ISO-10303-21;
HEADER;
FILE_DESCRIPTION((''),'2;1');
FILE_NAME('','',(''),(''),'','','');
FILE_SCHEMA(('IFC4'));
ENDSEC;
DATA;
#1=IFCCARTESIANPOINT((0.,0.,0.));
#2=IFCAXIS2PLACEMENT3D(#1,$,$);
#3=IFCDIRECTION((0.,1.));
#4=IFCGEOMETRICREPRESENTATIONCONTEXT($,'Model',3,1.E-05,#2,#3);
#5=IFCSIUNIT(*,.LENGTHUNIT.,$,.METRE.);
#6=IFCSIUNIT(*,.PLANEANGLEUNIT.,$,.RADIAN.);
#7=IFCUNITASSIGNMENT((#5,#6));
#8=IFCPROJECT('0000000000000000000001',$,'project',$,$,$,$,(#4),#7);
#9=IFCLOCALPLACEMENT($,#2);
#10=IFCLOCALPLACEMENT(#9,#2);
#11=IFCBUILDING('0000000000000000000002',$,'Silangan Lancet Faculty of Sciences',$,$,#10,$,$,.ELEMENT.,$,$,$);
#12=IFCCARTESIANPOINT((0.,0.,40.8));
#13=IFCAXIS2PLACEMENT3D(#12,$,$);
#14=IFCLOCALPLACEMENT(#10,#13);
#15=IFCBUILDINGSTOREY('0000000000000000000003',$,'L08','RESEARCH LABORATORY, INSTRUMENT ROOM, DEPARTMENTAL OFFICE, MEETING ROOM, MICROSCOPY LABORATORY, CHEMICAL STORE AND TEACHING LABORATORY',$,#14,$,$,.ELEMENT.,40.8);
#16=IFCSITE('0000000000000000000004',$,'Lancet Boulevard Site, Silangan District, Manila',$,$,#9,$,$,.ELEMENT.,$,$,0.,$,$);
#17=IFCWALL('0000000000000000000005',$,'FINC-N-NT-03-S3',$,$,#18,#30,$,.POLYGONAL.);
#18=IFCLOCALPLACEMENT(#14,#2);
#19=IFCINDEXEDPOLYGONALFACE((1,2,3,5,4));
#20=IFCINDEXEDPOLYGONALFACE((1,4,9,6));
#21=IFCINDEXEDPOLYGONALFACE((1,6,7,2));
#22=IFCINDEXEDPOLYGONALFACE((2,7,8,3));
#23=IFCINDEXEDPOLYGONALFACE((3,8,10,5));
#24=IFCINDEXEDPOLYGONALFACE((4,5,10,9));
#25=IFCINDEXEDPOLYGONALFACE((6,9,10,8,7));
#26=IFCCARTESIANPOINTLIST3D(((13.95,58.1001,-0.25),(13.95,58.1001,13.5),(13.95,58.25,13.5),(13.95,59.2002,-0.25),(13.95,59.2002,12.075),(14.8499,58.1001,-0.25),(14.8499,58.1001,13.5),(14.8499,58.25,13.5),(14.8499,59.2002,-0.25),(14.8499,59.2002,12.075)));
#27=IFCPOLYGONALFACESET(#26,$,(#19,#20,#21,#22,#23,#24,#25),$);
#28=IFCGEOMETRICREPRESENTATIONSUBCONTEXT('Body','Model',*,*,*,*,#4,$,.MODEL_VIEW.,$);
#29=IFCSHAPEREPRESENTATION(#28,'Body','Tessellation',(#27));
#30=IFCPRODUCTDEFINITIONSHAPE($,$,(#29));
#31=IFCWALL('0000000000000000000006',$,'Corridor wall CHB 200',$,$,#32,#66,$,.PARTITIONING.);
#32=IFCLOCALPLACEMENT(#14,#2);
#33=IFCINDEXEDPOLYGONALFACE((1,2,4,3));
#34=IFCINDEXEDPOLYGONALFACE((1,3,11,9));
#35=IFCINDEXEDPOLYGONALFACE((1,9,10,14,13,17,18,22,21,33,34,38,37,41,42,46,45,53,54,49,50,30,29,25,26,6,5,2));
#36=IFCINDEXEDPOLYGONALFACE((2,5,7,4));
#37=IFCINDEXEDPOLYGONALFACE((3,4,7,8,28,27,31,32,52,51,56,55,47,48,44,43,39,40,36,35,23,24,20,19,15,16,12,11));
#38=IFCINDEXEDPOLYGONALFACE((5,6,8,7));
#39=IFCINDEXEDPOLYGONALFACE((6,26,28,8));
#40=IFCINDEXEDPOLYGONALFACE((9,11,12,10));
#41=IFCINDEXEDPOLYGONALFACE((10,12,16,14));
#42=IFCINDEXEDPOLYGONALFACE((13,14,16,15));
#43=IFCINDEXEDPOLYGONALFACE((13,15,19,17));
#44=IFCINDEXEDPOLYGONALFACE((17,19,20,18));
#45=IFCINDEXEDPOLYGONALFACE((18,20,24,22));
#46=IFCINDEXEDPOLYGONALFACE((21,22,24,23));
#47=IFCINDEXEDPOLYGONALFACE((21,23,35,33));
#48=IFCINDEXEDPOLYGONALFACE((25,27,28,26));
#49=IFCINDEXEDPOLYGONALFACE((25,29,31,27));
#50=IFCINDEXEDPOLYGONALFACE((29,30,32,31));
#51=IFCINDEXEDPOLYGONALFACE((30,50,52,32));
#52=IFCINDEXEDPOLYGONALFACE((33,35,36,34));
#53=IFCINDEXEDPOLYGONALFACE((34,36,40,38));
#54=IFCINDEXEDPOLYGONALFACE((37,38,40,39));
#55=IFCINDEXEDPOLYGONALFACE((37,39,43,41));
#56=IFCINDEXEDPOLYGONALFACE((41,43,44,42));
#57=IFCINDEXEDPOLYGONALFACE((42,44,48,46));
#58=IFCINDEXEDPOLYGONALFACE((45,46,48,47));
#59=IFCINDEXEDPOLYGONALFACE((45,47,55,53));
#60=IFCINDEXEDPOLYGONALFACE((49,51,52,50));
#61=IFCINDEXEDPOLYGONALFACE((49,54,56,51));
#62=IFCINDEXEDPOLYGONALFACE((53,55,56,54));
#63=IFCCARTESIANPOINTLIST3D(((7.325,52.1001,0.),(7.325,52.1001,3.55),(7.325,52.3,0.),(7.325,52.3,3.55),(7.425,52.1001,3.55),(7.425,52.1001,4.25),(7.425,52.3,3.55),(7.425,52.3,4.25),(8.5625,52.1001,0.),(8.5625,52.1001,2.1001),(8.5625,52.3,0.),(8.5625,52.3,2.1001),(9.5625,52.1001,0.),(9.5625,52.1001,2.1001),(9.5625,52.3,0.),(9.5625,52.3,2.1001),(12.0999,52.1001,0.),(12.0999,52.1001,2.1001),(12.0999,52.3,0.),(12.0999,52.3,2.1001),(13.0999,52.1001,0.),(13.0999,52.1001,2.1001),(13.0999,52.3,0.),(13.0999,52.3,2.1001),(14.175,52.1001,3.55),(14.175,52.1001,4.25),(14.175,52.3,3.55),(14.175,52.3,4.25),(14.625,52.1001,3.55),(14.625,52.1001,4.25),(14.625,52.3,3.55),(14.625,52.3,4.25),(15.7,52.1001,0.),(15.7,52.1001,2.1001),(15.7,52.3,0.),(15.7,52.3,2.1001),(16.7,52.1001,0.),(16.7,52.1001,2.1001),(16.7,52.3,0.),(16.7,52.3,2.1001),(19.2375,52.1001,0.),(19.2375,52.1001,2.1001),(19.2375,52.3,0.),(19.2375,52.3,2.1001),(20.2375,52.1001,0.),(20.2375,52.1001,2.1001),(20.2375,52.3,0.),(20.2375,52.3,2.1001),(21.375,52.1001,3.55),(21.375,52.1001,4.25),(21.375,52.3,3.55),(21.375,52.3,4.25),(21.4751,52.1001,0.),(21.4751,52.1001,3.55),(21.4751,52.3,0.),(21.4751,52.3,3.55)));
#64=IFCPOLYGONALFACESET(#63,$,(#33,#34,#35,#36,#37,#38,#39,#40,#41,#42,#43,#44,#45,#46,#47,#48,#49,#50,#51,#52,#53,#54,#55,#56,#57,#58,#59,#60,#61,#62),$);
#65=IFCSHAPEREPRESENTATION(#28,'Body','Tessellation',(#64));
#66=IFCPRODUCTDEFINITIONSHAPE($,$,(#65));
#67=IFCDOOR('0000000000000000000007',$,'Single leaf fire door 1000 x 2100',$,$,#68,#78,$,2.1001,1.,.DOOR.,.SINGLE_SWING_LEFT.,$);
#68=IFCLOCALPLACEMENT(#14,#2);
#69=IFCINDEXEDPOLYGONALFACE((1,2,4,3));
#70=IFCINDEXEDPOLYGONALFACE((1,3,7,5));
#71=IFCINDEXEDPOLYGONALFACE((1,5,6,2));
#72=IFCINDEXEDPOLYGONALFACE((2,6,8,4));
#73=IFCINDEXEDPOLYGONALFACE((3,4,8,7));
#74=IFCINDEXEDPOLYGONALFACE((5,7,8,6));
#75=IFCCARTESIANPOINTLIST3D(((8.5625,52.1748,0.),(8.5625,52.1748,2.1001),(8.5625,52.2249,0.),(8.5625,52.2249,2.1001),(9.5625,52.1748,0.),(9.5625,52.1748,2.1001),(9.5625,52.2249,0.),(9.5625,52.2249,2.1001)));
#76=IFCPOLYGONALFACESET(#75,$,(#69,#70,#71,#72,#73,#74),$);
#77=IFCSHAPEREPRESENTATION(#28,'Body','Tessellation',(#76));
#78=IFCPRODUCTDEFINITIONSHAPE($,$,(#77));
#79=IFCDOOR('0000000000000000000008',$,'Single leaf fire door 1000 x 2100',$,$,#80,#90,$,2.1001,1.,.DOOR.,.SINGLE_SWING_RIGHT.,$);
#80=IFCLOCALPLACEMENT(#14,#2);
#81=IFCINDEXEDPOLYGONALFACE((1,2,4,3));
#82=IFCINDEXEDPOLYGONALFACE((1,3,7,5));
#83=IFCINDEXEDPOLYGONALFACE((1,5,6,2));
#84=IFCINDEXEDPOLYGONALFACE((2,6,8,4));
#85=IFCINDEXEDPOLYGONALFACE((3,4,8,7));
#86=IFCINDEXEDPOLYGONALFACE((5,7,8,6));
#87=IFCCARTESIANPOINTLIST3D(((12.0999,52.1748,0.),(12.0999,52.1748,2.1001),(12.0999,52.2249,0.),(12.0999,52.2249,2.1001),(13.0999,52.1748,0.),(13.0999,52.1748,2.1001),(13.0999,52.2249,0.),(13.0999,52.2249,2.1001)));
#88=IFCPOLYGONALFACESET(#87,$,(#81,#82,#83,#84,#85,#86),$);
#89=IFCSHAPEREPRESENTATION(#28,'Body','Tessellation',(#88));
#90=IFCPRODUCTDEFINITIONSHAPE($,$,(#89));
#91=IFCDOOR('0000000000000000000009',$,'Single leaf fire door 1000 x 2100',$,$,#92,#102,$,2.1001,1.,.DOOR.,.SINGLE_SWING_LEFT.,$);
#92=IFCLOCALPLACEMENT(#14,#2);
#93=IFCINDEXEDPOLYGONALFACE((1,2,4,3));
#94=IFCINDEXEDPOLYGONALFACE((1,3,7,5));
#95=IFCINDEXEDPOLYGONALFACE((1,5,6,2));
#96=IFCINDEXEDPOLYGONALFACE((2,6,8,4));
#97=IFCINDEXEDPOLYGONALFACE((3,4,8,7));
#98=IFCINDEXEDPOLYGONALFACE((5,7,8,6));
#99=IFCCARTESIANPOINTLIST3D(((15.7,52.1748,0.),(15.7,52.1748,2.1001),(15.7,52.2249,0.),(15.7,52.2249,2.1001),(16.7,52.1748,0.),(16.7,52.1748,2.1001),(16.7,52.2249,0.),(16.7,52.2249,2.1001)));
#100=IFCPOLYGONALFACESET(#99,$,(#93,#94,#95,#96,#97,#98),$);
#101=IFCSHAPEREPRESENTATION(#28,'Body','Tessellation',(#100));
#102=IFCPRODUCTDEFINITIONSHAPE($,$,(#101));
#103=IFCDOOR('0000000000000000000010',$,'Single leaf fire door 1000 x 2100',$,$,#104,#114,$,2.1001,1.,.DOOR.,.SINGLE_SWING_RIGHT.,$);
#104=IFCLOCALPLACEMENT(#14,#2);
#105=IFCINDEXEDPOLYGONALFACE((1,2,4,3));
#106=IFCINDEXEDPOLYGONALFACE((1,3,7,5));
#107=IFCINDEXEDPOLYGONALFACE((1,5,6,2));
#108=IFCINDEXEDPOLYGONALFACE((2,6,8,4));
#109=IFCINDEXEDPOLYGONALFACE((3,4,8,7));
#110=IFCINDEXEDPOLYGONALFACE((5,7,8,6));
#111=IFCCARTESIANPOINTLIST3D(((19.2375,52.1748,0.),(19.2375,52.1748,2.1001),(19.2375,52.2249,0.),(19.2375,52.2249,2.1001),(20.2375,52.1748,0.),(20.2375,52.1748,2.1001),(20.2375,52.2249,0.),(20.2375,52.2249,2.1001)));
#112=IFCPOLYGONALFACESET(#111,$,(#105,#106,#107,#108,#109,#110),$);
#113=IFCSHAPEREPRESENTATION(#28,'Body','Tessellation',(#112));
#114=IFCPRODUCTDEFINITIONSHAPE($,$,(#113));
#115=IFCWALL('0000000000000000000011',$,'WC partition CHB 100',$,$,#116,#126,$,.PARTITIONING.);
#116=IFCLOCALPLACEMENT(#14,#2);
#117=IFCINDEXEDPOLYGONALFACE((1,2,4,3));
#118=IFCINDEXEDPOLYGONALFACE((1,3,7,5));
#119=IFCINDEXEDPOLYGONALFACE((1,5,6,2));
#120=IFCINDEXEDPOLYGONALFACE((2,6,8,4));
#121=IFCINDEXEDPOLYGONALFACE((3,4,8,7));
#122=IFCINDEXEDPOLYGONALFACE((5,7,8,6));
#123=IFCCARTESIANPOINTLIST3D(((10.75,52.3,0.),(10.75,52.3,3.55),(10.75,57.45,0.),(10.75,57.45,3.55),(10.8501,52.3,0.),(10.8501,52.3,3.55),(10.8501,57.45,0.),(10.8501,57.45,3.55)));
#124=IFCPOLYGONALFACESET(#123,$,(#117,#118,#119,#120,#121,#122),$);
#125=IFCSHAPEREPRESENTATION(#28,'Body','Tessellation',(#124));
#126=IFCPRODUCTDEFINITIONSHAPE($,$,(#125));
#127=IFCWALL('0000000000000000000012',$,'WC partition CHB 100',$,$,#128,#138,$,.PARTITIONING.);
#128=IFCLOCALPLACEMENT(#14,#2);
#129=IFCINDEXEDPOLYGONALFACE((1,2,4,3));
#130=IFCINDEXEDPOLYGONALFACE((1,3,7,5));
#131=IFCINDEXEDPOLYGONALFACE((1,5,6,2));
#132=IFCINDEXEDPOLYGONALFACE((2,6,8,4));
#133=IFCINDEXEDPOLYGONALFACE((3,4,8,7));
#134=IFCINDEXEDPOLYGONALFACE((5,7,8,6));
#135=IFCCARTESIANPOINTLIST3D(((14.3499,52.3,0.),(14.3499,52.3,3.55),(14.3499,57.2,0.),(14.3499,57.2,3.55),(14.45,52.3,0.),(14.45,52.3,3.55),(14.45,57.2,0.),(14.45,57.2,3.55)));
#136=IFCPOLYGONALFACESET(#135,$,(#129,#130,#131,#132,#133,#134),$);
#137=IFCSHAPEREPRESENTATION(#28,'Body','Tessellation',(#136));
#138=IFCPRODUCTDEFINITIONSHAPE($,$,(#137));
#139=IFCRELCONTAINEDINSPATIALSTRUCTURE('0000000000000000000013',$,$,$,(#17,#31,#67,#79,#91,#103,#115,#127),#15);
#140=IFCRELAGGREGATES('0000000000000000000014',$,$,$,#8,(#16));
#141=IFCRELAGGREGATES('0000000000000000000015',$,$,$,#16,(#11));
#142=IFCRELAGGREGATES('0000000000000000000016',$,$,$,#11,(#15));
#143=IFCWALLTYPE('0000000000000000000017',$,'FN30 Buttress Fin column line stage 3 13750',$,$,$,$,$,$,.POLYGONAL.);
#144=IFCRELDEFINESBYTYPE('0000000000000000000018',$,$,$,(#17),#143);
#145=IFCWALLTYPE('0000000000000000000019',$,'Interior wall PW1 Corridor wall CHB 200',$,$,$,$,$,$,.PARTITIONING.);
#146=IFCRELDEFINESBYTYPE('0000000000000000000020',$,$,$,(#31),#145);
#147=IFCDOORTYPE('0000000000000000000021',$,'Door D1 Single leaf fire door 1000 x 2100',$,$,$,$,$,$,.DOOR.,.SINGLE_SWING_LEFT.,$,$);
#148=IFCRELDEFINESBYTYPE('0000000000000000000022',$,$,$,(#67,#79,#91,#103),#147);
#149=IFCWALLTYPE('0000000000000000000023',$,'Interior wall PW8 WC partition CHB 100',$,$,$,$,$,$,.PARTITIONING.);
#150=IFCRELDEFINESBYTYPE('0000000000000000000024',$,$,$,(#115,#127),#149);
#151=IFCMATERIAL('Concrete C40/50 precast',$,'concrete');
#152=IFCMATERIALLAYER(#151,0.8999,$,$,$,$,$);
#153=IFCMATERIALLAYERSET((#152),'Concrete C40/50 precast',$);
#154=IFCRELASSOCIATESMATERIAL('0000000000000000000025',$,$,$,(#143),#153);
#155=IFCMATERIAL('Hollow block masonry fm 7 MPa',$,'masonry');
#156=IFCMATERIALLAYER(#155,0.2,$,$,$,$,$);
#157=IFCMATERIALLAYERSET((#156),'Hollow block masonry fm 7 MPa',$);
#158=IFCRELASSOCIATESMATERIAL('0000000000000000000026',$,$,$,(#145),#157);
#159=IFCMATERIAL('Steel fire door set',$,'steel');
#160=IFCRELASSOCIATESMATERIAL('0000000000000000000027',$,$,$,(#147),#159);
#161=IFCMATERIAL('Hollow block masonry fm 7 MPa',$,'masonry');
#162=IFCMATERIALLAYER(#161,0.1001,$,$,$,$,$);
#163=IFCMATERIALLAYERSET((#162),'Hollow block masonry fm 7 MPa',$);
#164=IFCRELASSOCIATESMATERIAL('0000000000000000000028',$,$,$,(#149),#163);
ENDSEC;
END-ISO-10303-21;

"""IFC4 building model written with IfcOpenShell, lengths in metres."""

from ifc_helpers import new_model, si_unit, direction, frame, frame_2d, origin, place, context, subcontext, project, spatial, polyline, rectangle, outline, extrude, material, layer, layer_set, type_object, element, fill, save


model = new_model("IFC4")

# Units and contexts
model_context = context("Model", 3, precision=1e-05, world=origin(), true_north=direction((0.0, 1.0)))
body_context = subcontext(model_context, "Body", "Model", "MODEL_VIEW")
ifc_project = project(units=[si_unit("LENGTHUNIT", "METRE"), si_unit("PLANEANGLEUNIT", "RADIAN")], contexts=[model_context])

# Site, building, storey
site_placement = place(None, origin())
site = spatial("IfcSite", under=ifc_project, at=site_placement, Name="Lancet Boulevard Site, Silangan District, Manila", CompositionType="ELEMENT", RefElevation=0.0)
building_placement = place(site_placement, origin())
building = spatial("IfcBuilding", under=site, at=building_placement, Name="Silangan Lancet Faculty of Sciences", CompositionType="ELEMENT")
storey_placement = place(building_placement, frame((0.0, 0.0, 40.8)))
storey = spatial("IfcBuildingStorey", under=building, at=storey_placement, Name="L08", Description="RESEARCH LABORATORY, INSTRUMENT ROOM, DEPARTMENTAL OFFICE, MEETING ROOM, MICROSCOPY LABORATORY, CHEMICAL STORE AND TEACHING LABORATORY", CompositionType="ELEMENT", Elevation=40.8)

# Wall
ifc_material_1 = material(Name="Concrete C40/50 precast", Category="concrete")
ifc_layer_1 = layer(ifc_material_1, 0.8999)
ifc_layer_set_1 = layer_set([ifc_layer_1], Name="Concrete C40/50 precast")
wall_type_1 = type_object("IfcWallType", Name="FN30 Buttress Fin column line stage 3 13750", PredefinedType="POLYGONAL", material=ifc_layer_set_1)
for number, where, z_axis, x_axis, name in (
    (1, (14.3999, 58.1001, -0.25), (0.0, 0.0, 1.0), (0.0, 1.0, 0.0), "FINC-N-NT-03-S3"),
):
    element("IfcWall", number, at=place(storey_placement, frame(where, z_axis=z_axis, x_axis=x_axis)), inside=storey, type_object=wall_type_1, Name=name, PredefinedType="POLYGONAL", context=body_context, shape_type="SweptSolid", body=[
        extrude(outline(polyline([(1.1001, 0.0), (1.1001, 12.325), (0.1499, 13.75), (0.0, 13.75), (0.0, 0.0), (1.1001, 0.0)])), frame((0.0, 0.45, 0.0), z_axis=(0.0, -1.0, 0.0), x_axis=(1.0, 0.0, 0.0)), (0.0, 0.0, 1.0), 0.8999),
    ])

# Wall, openings, doors
ifc_material_2 = material(Name="Hollow block masonry fm 7 MPa", Category="masonry")
ifc_layer_2 = layer(ifc_material_2, 0.2)
ifc_layer_set_2 = layer_set([ifc_layer_2], Name="Hollow block masonry fm 7 MPa")
wall_type_2 = type_object("IfcWallType", Name="Interior wall PW1 Corridor wall CHB 200", PredefinedType="PARTITIONING", material=ifc_layer_set_2)
wall_1_placement = place(storey_placement, frame((7.325, 52.2, 0.0), z_axis=(0.0, 0.0, 1.0), x_axis=(1.0, 0.0, 0.0)))
wall_1 = element("IfcWall", 2, at=wall_1_placement, inside=storey, type_object=wall_type_2, Name="Corridor wall CHB 200", PredefinedType="PARTITIONING", context=body_context, shape_type="SweptSolid", body=[
    extrude(outline(polyline([(0.0, 0.0), (14.1501, 0.0), (14.1501, 3.55), (14.05, 3.55), (14.05, 4.25), (7.3, 4.25), (7.3, 3.55), (6.8501, 3.55), (6.8501, 4.25), (0.1001, 4.25), (0.1001, 3.55), (0.0, 3.55), (0.0, 0.0)])), frame((0.0, 0.1001, 0.0), z_axis=(0.0, -1.0, 0.0), x_axis=(1.0, 0.0, 0.0)), (0.0, 0.0, 1.0), 0.2),
])
opening_1_placement = place(wall_1_placement, frame((1.2375, 0.0, 0.0)))
opening_1 = element("IfcOpeningElement", 3, at=opening_1_placement, cuts=wall_1, PredefinedType="OPENING", context=body_context, shape_type="SweptSolid", body=[
    extrude(rectangle(XDim=1.0, YDim=2.1001, at=frame_2d((0.5, 1.05))), frame((0.0, 0.1099, 0.0), z_axis=(0.0, -1.0, 0.0), x_axis=(1.0, 0.0, 0.0)), (0.0, 0.0, 1.0), 0.22),
])
opening_2_placement = place(wall_1_placement, frame((4.7749, 0.0, 0.0)))
opening_2 = element("IfcOpeningElement", 4, at=opening_2_placement, cuts=wall_1, PredefinedType="OPENING", context=body_context, shape_type="SweptSolid", body=[
    extrude(rectangle(XDim=1.0, YDim=2.1001, at=frame_2d((0.5, 1.05))), frame((0.0, 0.1099, 0.0), z_axis=(0.0, -1.0, 0.0), x_axis=(1.0, 0.0, 0.0)), (0.0, 0.0, 1.0), 0.22),
])
opening_3_placement = place(wall_1_placement, frame((8.375, 0.0, 0.0)))
opening_3 = element("IfcOpeningElement", 5, at=opening_3_placement, cuts=wall_1, PredefinedType="OPENING", context=body_context, shape_type="SweptSolid", body=[
    extrude(rectangle(XDim=1.0, YDim=2.1001, at=frame_2d((0.5, 1.05))), frame((0.0, 0.1099, 0.0), z_axis=(0.0, -1.0, 0.0), x_axis=(1.0, 0.0, 0.0)), (0.0, 0.0, 1.0), 0.22),
])
opening_4_placement = place(wall_1_placement, frame((11.9126, 0.0, 0.0)))
opening_4 = element("IfcOpeningElement", 6, at=opening_4_placement, cuts=wall_1, PredefinedType="OPENING", context=body_context, shape_type="SweptSolid", body=[
    extrude(rectangle(XDim=1.0, YDim=2.1001, at=frame_2d((0.5, 1.05))), frame((0.0, 0.1099, 0.0), z_axis=(0.0, -1.0, 0.0), x_axis=(1.0, 0.0, 0.0)), (0.0, 0.0, 1.0), 0.22),
])
ifc_material_3 = material(Name="Steel fire door set", Category="steel")
door_type = type_object("IfcDoorType", Name="Door D1 Single leaf fire door 1000 x 2100", OperationType="SINGLE_SWING_LEFT", PredefinedType="DOOR", material=ifc_material_3)
door_1_placement = place(opening_1_placement, origin())
door_1 = element("IfcDoor", 7, at=door_1_placement, inside=storey, type_object=door_type, Name="Single leaf fire door 1000 x 2100", OperationType="SINGLE_SWING_LEFT", OverallHeight=2.1001, OverallWidth=1.0, PredefinedType="DOOR", context=body_context, shape_type="SweptSolid", body=[
    extrude(rectangle(XDim=1.0, YDim=2.1001, at=frame_2d((0.5, 1.05))), frame((0.0, 0.0249, 0.0), z_axis=(0.0, -1.0, 0.0), x_axis=(1.0, 0.0, 0.0)), (0.0, 0.0, 1.0), 0.05),
])
fill(opening_1, door_1)
door_2_placement = place(opening_2_placement, origin())
door_2 = element("IfcDoor", 8, at=door_2_placement, inside=storey, type_object=door_type, Name="Single leaf fire door 1000 x 2100", OperationType="SINGLE_SWING_RIGHT", OverallHeight=2.1001, OverallWidth=1.0, PredefinedType="DOOR", context=body_context, shape_type="SweptSolid", body=[
    extrude(rectangle(XDim=1.0, YDim=2.1001, at=frame_2d((0.5, 1.05))), frame((0.0, 0.0249, 0.0), z_axis=(0.0, -1.0, 0.0), x_axis=(1.0, 0.0, 0.0)), (0.0, 0.0, 1.0), 0.05),
])
fill(opening_2, door_2)
door_3_placement = place(opening_3_placement, origin())
door_3 = element("IfcDoor", 9, at=door_3_placement, inside=storey, type_object=door_type, Name="Single leaf fire door 1000 x 2100", OperationType="SINGLE_SWING_LEFT", OverallHeight=2.1001, OverallWidth=1.0, PredefinedType="DOOR", context=body_context, shape_type="SweptSolid", body=[
    extrude(rectangle(XDim=1.0, YDim=2.1001, at=frame_2d((0.5, 1.05))), frame((0.0, 0.0249, 0.0), z_axis=(0.0, -1.0, 0.0), x_axis=(1.0, 0.0, 0.0)), (0.0, 0.0, 1.0), 0.05),
])
fill(opening_3, door_3)
door_4_placement = place(opening_4_placement, origin())
door_4 = element("IfcDoor", 10, at=door_4_placement, inside=storey, type_object=door_type, Name="Single leaf fire door 1000 x 2100", OperationType="SINGLE_SWING_RIGHT", OverallHeight=2.1001, OverallWidth=1.0, PredefinedType="DOOR", context=body_context, shape_type="SweptSolid", body=[
    extrude(rectangle(XDim=1.0, YDim=2.1001, at=frame_2d((0.5, 1.05))), frame((0.0, 0.0249, 0.0), z_axis=(0.0, -1.0, 0.0), x_axis=(1.0, 0.0, 0.0)), (0.0, 0.0, 1.0), 0.05),
])
fill(opening_4, door_4)

# Walls
ifc_material_4 = material(Name="Hollow block masonry fm 7 MPa", Category="masonry")
ifc_layer_3 = layer(ifc_material_4, 0.1001)
ifc_layer_set_3 = layer_set([ifc_layer_3], Name="Hollow block masonry fm 7 MPa")
wall_type_3 = type_object("IfcWallType", Name="Interior wall PW8 WC partition CHB 100", PredefinedType="PARTITIONING", material=ifc_layer_set_3)
wall_2_placement = place(storey_placement, frame((10.8, 52.3, 0.0), z_axis=(0.0, 0.0, 1.0), x_axis=(0.0, 1.0, 0.0)))
element("IfcWall", 11, at=wall_2_placement, inside=storey, type_object=wall_type_3, Name="WC partition CHB 100", PredefinedType="PARTITIONING", context=body_context, shape_type="SweptSolid", body=[
    extrude(rectangle(XDim=5.1499, YDim=0.1001, at=frame_2d((2.575, 0.0))), origin(), (0.0, 0.0, 1.0), 3.55),
])
wall_3_placement = place(storey_placement, frame((14.3999, 52.3, 0.0), z_axis=(0.0, 0.0, 1.0), x_axis=(0.0, 1.0, 0.0)))
element("IfcWall", 12, at=wall_3_placement, inside=storey, type_object=wall_type_3, Name="WC partition CHB 100", PredefinedType="PARTITIONING", context=body_context, shape_type="SweptSolid", body=[
    extrude(rectangle(XDim=4.8999, YDim=0.1001, at=frame_2d((2.45, 0.0))), origin(), (0.0, 0.0, 1.0), 3.55),
])

save(model, "model.ifc")
